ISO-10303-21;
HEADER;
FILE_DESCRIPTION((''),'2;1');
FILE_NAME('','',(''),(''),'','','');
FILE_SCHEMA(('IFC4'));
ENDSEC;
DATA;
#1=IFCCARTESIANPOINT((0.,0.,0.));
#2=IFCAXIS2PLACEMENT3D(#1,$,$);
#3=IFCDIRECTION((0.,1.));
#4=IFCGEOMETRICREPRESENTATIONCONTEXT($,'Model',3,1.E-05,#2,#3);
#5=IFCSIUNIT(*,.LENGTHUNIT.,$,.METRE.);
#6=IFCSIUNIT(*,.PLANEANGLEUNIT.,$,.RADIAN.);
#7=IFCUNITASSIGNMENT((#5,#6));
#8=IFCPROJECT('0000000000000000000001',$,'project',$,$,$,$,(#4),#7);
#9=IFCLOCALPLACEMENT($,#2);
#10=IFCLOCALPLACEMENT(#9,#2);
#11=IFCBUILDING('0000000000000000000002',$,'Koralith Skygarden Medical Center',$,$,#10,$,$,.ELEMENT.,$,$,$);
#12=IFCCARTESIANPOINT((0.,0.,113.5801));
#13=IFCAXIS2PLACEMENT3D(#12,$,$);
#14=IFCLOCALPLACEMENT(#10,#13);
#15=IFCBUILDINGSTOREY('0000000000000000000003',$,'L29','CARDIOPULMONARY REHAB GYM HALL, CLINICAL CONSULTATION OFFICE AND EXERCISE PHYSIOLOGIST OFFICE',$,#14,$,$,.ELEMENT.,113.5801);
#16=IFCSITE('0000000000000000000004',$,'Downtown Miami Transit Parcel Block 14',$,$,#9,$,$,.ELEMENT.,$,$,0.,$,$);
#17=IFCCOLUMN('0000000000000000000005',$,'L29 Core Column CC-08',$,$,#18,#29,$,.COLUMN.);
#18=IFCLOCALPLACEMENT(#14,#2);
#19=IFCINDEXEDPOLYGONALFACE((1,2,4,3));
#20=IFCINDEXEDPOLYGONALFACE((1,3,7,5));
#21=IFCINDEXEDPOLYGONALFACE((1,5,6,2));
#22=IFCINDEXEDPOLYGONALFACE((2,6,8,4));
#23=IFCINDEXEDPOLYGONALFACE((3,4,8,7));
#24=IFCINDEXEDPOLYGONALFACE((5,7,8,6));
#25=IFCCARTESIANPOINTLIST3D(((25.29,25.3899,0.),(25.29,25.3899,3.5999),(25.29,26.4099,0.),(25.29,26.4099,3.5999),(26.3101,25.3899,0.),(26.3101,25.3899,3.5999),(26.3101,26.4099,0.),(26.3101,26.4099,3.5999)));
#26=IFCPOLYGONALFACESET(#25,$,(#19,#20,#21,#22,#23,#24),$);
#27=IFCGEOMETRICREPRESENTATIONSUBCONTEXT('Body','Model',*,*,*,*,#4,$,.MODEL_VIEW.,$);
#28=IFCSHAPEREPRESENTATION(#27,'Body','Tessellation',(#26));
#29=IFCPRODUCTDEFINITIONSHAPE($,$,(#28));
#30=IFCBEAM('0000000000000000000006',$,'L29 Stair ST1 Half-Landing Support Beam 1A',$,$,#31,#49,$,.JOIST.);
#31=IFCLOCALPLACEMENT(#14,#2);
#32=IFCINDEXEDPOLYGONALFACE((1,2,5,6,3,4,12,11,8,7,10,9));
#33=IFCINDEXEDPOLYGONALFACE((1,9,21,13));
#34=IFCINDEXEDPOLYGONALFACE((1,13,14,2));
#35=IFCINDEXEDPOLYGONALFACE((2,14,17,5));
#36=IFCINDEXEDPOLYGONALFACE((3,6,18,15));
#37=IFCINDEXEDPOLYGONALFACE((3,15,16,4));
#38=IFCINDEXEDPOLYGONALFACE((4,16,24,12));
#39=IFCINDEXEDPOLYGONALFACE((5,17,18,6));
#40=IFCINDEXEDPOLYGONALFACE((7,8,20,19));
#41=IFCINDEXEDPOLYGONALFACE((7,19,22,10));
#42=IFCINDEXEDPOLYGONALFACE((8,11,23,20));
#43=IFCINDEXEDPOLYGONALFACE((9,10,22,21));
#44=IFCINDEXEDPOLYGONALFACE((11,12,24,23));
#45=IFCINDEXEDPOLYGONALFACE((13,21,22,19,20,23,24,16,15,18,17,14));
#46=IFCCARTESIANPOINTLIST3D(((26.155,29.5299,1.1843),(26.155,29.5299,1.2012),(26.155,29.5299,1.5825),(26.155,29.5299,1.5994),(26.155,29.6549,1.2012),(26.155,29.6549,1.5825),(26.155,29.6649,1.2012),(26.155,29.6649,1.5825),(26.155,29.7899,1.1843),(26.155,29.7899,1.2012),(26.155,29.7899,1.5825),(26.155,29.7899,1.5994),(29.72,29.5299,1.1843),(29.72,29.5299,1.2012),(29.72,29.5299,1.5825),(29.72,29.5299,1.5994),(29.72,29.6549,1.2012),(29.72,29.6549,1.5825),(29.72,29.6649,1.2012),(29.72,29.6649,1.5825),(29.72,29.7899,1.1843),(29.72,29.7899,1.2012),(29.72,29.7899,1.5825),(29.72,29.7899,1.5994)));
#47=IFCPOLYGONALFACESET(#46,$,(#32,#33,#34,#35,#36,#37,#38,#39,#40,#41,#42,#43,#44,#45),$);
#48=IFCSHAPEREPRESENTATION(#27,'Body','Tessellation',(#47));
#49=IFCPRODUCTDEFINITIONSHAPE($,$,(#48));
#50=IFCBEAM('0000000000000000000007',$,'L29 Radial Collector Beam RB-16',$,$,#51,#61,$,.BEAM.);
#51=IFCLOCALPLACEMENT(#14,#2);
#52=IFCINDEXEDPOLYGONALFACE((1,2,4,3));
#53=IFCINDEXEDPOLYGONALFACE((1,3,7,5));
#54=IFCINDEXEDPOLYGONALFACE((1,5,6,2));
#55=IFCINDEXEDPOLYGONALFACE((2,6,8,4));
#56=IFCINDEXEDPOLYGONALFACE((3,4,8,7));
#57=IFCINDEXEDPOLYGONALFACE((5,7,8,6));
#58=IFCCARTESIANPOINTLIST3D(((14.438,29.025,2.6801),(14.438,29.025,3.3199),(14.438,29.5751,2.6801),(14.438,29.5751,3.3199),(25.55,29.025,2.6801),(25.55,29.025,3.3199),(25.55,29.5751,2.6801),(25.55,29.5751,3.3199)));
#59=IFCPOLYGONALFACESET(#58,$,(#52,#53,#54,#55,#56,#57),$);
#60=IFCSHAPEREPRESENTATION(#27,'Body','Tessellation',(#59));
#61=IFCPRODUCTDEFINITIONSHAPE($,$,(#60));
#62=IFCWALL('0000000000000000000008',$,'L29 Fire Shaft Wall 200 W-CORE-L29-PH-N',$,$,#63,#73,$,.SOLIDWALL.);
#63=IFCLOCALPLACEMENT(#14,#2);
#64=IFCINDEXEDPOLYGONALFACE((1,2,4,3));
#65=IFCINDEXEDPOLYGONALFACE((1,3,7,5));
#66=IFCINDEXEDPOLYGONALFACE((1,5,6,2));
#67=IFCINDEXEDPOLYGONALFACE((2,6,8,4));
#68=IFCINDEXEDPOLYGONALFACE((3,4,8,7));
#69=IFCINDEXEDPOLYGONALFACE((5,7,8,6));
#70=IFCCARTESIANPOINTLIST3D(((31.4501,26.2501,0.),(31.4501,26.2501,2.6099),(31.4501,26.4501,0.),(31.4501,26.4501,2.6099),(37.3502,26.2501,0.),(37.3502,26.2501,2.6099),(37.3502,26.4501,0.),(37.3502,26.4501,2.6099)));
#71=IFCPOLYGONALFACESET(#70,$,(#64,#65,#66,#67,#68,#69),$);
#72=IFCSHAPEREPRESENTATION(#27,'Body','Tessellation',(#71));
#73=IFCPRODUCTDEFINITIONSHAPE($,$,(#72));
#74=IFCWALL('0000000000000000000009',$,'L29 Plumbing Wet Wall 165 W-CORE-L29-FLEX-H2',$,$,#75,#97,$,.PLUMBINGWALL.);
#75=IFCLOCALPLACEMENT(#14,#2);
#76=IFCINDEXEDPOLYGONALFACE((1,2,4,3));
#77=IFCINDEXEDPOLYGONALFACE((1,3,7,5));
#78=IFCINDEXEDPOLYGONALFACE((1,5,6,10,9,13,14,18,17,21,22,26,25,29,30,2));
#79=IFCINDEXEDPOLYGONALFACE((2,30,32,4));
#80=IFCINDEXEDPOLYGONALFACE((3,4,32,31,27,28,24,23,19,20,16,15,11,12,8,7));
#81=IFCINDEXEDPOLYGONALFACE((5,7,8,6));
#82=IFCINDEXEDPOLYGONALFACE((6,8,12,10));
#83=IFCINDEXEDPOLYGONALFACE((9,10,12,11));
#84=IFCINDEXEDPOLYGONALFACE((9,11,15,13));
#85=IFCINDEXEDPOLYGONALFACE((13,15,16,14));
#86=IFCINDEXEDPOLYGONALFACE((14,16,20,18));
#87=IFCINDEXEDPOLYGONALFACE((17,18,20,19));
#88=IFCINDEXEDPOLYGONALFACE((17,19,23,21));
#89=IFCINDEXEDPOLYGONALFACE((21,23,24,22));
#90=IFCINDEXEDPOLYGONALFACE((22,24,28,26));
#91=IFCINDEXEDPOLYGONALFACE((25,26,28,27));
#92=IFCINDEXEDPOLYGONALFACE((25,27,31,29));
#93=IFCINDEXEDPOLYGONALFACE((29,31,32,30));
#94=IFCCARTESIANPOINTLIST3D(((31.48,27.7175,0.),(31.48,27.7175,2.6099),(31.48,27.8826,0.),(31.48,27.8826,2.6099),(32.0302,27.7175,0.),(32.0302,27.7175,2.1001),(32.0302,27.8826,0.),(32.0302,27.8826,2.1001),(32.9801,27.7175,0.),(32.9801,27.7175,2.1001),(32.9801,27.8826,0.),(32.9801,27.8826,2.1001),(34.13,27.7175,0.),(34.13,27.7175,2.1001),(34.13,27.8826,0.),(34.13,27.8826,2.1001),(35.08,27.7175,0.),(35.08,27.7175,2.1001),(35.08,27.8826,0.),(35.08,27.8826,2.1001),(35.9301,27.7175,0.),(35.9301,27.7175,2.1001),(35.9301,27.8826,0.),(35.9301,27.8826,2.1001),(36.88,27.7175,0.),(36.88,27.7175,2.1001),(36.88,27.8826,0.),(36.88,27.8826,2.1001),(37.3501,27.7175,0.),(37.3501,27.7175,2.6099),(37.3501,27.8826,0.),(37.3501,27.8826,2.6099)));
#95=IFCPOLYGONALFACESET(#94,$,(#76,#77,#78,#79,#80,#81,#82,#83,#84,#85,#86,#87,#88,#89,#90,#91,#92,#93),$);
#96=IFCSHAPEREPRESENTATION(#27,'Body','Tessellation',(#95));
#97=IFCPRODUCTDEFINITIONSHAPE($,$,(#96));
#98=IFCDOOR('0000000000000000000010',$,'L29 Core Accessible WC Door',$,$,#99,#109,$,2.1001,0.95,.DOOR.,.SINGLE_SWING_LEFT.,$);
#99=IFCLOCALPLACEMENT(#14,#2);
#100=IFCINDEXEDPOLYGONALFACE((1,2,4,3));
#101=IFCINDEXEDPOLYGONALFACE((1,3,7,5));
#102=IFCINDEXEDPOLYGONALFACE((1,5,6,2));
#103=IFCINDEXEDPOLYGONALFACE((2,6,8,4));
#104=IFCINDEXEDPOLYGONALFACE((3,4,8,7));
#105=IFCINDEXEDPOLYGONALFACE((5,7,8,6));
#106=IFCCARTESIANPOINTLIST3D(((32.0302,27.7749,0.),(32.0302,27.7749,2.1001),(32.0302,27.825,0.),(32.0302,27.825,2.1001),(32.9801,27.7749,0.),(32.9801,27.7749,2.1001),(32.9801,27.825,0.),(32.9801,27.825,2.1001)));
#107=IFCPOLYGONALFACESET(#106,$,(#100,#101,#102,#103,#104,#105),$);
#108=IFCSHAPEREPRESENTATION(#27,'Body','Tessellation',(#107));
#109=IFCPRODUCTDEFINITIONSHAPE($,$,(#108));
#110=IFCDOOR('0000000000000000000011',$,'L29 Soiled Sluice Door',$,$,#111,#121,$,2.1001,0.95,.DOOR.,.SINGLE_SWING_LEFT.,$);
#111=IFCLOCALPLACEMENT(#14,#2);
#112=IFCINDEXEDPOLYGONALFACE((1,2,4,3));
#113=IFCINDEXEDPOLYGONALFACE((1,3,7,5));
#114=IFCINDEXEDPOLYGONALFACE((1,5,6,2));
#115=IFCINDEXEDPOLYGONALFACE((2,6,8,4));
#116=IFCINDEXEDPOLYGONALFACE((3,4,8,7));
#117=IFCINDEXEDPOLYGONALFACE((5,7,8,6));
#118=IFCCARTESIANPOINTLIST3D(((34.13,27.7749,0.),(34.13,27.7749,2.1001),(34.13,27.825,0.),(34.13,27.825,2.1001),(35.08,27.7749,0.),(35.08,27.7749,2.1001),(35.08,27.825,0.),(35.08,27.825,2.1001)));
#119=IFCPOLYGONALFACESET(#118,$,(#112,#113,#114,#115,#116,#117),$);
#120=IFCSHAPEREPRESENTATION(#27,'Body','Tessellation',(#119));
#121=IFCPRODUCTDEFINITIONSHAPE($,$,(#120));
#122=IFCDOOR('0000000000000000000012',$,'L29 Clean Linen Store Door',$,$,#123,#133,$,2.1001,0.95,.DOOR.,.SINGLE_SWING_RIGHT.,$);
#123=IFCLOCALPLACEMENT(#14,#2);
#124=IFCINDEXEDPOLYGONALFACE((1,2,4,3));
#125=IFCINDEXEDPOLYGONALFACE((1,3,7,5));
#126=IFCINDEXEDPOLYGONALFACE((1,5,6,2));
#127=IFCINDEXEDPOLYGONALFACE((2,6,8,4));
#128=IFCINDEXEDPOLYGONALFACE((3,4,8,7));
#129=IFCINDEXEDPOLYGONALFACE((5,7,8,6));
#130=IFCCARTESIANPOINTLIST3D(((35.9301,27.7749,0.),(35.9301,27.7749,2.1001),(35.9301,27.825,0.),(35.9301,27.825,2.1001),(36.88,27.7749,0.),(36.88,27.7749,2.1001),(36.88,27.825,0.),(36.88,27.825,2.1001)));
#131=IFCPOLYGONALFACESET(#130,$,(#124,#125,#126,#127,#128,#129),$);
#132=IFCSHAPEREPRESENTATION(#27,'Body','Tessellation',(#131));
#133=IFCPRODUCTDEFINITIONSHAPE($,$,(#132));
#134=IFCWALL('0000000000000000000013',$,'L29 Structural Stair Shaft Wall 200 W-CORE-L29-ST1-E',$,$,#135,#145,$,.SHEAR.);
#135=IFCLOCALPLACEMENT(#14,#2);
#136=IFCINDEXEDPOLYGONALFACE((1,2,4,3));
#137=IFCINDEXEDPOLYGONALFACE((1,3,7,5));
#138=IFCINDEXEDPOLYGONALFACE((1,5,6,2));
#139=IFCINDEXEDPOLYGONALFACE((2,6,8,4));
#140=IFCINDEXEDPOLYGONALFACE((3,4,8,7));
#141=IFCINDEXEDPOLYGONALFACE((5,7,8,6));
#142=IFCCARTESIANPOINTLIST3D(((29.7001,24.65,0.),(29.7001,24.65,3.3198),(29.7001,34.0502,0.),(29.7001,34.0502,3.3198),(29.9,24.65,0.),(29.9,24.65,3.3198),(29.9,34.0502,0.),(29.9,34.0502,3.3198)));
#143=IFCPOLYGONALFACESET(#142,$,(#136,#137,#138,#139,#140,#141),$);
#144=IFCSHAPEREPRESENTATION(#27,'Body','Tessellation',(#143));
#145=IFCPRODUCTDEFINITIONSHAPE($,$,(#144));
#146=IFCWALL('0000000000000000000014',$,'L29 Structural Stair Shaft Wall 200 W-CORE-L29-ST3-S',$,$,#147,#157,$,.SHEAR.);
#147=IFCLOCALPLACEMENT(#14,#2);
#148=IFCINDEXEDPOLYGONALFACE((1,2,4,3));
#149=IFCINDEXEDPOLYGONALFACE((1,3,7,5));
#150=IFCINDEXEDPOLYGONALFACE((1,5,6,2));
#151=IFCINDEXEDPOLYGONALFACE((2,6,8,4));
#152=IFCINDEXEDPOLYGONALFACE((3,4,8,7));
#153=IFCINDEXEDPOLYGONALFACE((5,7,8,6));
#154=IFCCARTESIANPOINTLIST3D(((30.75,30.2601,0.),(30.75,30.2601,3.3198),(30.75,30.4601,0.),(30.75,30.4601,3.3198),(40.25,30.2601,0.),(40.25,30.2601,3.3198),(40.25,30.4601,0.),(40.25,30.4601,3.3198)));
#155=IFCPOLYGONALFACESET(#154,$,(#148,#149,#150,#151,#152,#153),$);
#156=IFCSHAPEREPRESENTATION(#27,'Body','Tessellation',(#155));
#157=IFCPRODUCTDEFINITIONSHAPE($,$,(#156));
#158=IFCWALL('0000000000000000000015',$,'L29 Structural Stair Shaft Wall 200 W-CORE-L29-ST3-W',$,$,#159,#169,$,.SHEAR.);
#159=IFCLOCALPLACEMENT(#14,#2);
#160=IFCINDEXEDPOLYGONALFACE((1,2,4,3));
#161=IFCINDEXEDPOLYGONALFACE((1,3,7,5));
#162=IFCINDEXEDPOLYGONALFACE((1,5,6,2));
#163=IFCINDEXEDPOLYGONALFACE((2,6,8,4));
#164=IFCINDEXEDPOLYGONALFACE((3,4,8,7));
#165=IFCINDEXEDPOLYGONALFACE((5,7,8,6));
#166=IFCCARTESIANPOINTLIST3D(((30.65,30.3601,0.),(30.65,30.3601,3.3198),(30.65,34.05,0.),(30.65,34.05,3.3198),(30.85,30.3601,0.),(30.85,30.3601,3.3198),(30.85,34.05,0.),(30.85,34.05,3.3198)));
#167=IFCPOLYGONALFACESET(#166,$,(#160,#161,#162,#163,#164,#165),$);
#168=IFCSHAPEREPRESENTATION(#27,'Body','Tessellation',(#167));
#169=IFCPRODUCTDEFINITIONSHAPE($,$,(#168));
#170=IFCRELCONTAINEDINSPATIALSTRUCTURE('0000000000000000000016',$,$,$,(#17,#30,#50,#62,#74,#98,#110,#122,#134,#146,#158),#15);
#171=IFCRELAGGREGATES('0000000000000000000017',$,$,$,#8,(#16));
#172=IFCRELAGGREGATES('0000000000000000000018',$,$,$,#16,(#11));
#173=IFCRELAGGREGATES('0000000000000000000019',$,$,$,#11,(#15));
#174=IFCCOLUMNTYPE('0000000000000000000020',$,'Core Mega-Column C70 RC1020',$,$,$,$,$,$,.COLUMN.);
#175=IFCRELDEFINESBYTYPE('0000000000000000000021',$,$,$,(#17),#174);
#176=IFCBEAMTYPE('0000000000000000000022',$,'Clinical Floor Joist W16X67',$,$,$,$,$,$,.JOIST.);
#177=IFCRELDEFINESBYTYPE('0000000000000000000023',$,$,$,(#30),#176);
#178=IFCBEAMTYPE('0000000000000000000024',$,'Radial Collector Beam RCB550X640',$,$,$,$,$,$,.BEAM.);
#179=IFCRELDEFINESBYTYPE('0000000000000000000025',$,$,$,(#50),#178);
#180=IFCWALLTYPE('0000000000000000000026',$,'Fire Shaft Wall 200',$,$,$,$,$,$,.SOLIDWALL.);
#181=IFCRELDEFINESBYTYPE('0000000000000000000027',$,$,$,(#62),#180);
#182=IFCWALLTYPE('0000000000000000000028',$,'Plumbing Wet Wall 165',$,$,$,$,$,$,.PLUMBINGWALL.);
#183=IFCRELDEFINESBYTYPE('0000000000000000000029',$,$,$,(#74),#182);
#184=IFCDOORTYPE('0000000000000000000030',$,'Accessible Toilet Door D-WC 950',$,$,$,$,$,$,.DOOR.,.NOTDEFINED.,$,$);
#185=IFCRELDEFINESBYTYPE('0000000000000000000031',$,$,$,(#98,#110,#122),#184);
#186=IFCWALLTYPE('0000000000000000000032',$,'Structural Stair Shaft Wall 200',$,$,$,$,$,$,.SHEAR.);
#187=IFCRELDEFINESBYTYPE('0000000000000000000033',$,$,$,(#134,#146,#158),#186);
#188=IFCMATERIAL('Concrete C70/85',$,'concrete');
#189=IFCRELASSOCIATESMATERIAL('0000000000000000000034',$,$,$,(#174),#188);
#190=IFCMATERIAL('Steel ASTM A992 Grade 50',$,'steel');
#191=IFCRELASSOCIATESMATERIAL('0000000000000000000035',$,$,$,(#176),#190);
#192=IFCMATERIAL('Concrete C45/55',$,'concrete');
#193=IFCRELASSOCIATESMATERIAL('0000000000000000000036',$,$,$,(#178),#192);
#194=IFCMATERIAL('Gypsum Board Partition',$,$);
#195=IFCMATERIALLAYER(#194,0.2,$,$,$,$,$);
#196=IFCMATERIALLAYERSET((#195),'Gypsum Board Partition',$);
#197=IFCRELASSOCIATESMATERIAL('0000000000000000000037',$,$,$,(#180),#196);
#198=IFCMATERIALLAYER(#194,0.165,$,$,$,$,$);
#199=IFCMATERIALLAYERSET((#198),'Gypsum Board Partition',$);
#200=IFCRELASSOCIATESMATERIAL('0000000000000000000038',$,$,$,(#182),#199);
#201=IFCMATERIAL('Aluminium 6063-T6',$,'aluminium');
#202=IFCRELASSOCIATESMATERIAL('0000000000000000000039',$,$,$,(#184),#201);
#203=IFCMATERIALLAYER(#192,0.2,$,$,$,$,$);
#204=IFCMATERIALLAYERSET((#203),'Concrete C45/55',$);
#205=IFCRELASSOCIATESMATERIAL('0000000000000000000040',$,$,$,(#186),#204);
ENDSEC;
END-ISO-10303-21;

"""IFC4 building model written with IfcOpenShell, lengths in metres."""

from ifc_helpers import new_model, si_unit, direction, frame, frame_2d, origin, origin_2d, place, context, subcontext, project, spatial, rectangle, i_section, extrude, material, layer, layer_set, material_profile, profile_set, type_object, element, fill, save


model = new_model("IFC4")

# Units and contexts
model_context = context("Model", 3, precision=1e-05, world=origin(), true_north=direction((0.0, 1.0)))
body_context = subcontext(model_context, "Body", "Model", "MODEL_VIEW")
ifc_project = project(units=[si_unit("LENGTHUNIT", "METRE"), si_unit("PLANEANGLEUNIT", "RADIAN")], contexts=[model_context])

# Site, building, storey
site_placement = place(None, origin())
site = spatial("IfcSite", under=ifc_project, at=site_placement, Name="Downtown Miami Transit Parcel Block 14", CompositionType="ELEMENT", RefElevation=0.0)
building_placement = place(site_placement, origin())
building = spatial("IfcBuilding", under=site, at=building_placement, Name="Koralith Skygarden Medical Center", CompositionType="ELEMENT")
storey_placement = place(building_placement, frame((0.0, 0.0, 113.5801)))
storey = spatial("IfcBuildingStorey", under=building, at=storey_placement, Name="L29", Description="CARDIOPULMONARY REHAB GYM HALL, CLINICAL CONSULTATION OFFICE AND EXERCISE PHYSIOLOGIST OFFICE", CompositionType="ELEMENT", Elevation=113.5801)

# Column
ifc_material_1 = material(Name="Concrete C70/85", Category="concrete")
ifc_material_profile_1 = material_profile(ifc_material_1, rectangle(XDim=1.02, YDim=1.02, at=origin_2d()), Name="RC1020X1020")
ifc_profile_set_1 = profile_set([ifc_material_profile_1], Name="Concrete C70/85")
column_type = type_object("IfcColumnType", Name="Core Mega-Column C70 RC1020", PredefinedType="COLUMN", material=ifc_profile_set_1)
column_placement = place(storey_placement, frame((25.8, 25.8999, 0.0), z_axis=(0.0, 0.0, 1.0), x_axis=(1.0, 0.0, 0.0)))
element("IfcColumn", 1, at=column_placement, inside=storey, type_object=column_type, Name="L29 Core Column CC-08", PredefinedType="COLUMN", context=body_context, shape_type="SweptSolid", body=[
    extrude(rectangle(XDim=1.02, YDim=1.02, at=origin_2d()), origin(), (0.0, 0.0, 1.0), 3.5999),
])

# Beams
ifc_material_2 = material(Name="Steel ASTM A992 Grade 50", Category="steel")
ifc_material_profile_2 = material_profile(ifc_material_2, i_section(OverallWidth=0.26, OverallDepth=0.415, WebThickness=0.01, FlangeThickness=0.0168, at=origin_2d()), Name="W16X67")
ifc_profile_set_2 = profile_set([ifc_material_profile_2], Name="Steel ASTM A992 Grade 50")
beam_type_1 = type_object("IfcBeamType", Name="Clinical Floor Joist W16X67", PredefinedType="JOIST", material=ifc_profile_set_2)
beam_1_placement = place(storey_placement, frame((26.155, 29.6599, 1.3918), z_axis=(1.0, 0.0, 0.0), x_axis=(0.0, 1.0, 0.0)))
element("IfcBeam", 2, at=beam_1_placement, inside=storey, type_object=beam_type_1, Name="L29 Stair ST1 Half-Landing Support Beam 1A", PredefinedType="JOIST", context=body_context, shape_type="SweptSolid", body=[
    extrude(i_section(OverallWidth=0.26, OverallDepth=0.415, WebThickness=0.01, FlangeThickness=0.0168, at=origin_2d()), origin(), (0.0, 0.0, 1.0), 3.5649),
])
ifc_material_3 = material(Name="Concrete C45/55", Category="concrete")
ifc_material_profile_3 = material_profile(ifc_material_3, rectangle(XDim=0.55, YDim=0.6399, at=origin_2d()), Name="RCB550X640")
ifc_profile_set_3 = profile_set([ifc_material_profile_3], Name="Concrete C45/55")
beam_type_2 = type_object("IfcBeamType", Name="Radial Collector Beam RCB550X640", PredefinedType="BEAM", material=ifc_profile_set_3)
beam_2_placement = place(storey_placement, frame((25.55, 29.3, 3.0), z_axis=(-1.0, 0.0, 0.0), x_axis=(0.0, -1.0, 0.0)))
element("IfcBeam", 3, at=beam_2_placement, inside=storey, type_object=beam_type_2, Name="L29 Radial Collector Beam RB-16", PredefinedType="BEAM", context=body_context, shape_type="SweptSolid", body=[
    extrude(rectangle(XDim=0.55, YDim=0.6399, at=origin_2d()), origin(), (0.0, 0.0, 1.0), 11.1121),
])

# Wall
ifc_material_4 = material(Name="Gypsum Board Partition")
ifc_layer_1 = layer(ifc_material_4, 0.2)
ifc_layer_set_1 = layer_set([ifc_layer_1], Name="Gypsum Board Partition")
wall_type_1 = type_object("IfcWallType", Name="Fire Shaft Wall 200", PredefinedType="SOLIDWALL", material=ifc_layer_set_1)
wall_1_placement = place(storey_placement, frame((31.45, 26.3501, 0.0), z_axis=(0.0, 0.0, 1.0), x_axis=(1.0, 0.0, 0.0)))
element("IfcWall", 4, at=wall_1_placement, inside=storey, type_object=wall_type_1, Name="L29 Fire Shaft Wall 200 W-CORE-L29-PH-N", PredefinedType="SOLIDWALL", context=body_context, shape_type="SweptSolid", body=[
    extrude(rectangle(XDim=5.9001, YDim=0.2, at=frame_2d((2.9502, 0.0))), origin(), (0.0, 0.0, 1.0), 2.6099),
])

# Shared definitions
ifc_layer_2 = layer(ifc_material_4, 0.165)
ifc_layer_set_2 = layer_set([ifc_layer_2], Name="Gypsum Board Partition")
wall_type_2 = type_object("IfcWallType", Name="Plumbing Wet Wall 165", PredefinedType="PLUMBINGWALL", material=ifc_layer_set_2)
ifc_material_5 = material(Name="Aluminium 6063-T6", Category="aluminium")

# Wall, openings, doors
wall_2_placement = place(storey_placement, frame((31.48, 27.8, 0.0), z_axis=(0.0, 0.0, 1.0), x_axis=(1.0, 0.0, 0.0)))
wall_2 = element("IfcWall", 5, at=wall_2_placement, inside=storey, type_object=wall_type_2, Name="L29 Plumbing Wet Wall 165 W-CORE-L29-FLEX-H2", PredefinedType="PLUMBINGWALL", context=body_context, shape_type="SweptSolid", body=[
    extrude(rectangle(XDim=5.8701, YDim=0.165, at=frame_2d((2.9351, 0.0))), origin(), (0.0, 0.0, 1.0), 2.6099),
])
opening_1_placement = place(wall_2_placement, frame((0.55, 0.0, 0.0)))
opening_1 = element("IfcOpeningElement", 6, at=opening_1_placement, cuts=wall_2, PredefinedType="OPENING", context=body_context, shape_type="SweptSolid", body=[
    extrude(rectangle(XDim=0.95, YDim=2.1001, at=frame_2d((0.4751, 1.05))), frame((0.0, 0.0925, 0.0), z_axis=(0.0, -1.0, 0.0), x_axis=(1.0, 0.0, 0.0)), (0.0, 0.0, 1.0), 0.1851),
])
opening_2_placement = place(wall_2_placement, frame((2.6499, 0.0, 0.0)))
opening_2 = element("IfcOpeningElement", 7, at=opening_2_placement, cuts=wall_2, PredefinedType="OPENING", context=body_context, shape_type="SweptSolid", body=[
    extrude(rectangle(XDim=0.95, YDim=2.1001, at=frame_2d((0.4751, 1.05))), frame((0.0, 0.0925, 0.0), z_axis=(0.0, -1.0, 0.0), x_axis=(1.0, 0.0, 0.0)), (0.0, 0.0, 1.0), 0.1851),
])
opening_3_placement = place(wall_2_placement, frame((4.45, 0.0, 0.0)))
opening_3 = element("IfcOpeningElement", 8, at=opening_3_placement, cuts=wall_2, PredefinedType="OPENING", context=body_context, shape_type="SweptSolid", body=[
    extrude(rectangle(XDim=0.95, YDim=2.1001, at=frame_2d((0.4751, 1.05))), frame((0.0, 0.0925, 0.0), z_axis=(0.0, -1.0, 0.0), x_axis=(1.0, 0.0, 0.0)), (0.0, 0.0, 1.0), 0.1851),
])
door_type_1 = type_object("IfcDoorType", Name="Accessible Toilet Door D-WC 950", OperationType="NOTDEFINED", PredefinedType="DOOR", material=ifc_material_5)
door_1_placement = place(opening_1_placement, origin())
door_1 = element("IfcDoor", 9, at=door_1_placement, inside=storey, type_object=door_type_1, Name="L29 Core Accessible WC Door", OperationType="SINGLE_SWING_LEFT", OverallHeight=2.1001, OverallWidth=0.95, PredefinedType="DOOR", context=body_context, shape_type="SweptSolid", body=[
    extrude(rectangle(XDim=0.95, YDim=2.1001, at=frame_2d((0.4751, 1.05))), frame((0.0, 0.0249, 0.0), z_axis=(0.0, -1.0, 0.0), x_axis=(1.0, 0.0, 0.0)), (0.0, 0.0, 1.0), 0.05),
])
fill(opening_1, door_1)
door_2_placement = place(opening_2_placement, origin())
door_2 = element("IfcDoor", 10, at=door_2_placement, inside=storey, type_object=door_type_1, Name="L29 Soiled Sluice Door", OperationType="SINGLE_SWING_LEFT", OverallHeight=2.1001, OverallWidth=0.95, PredefinedType="DOOR", context=body_context, shape_type="SweptSolid", body=[
    extrude(rectangle(XDim=0.95, YDim=2.1001, at=frame_2d((0.4751, 1.05))), frame((0.0, 0.0249, 0.0), z_axis=(0.0, -1.0, 0.0), x_axis=(1.0, 0.0, 0.0)), (0.0, 0.0, 1.0), 0.05),
])
fill(opening_2, door_2)
door_3_placement = place(opening_3_placement, origin())
door_3 = element("IfcDoor", 11, at=door_3_placement, inside=storey, type_object=door_type_1, Name="L29 Clean Linen Store Door", OperationType="SINGLE_SWING_RIGHT", OverallHeight=2.1001, OverallWidth=0.95, PredefinedType="DOOR", context=body_context, shape_type="SweptSolid", body=[
    extrude(rectangle(XDim=0.95, YDim=2.1001, at=frame_2d((0.4751, 1.05))), frame((0.0, 0.0249, 0.0), z_axis=(0.0, -1.0, 0.0), x_axis=(1.0, 0.0, 0.0)), (0.0, 0.0, 1.0), 0.05),
])
fill(opening_3, door_3)

# Wall
ifc_layer_3 = layer(ifc_material_3, 0.2)
ifc_layer_set_3 = layer_set([ifc_layer_3], Name="Concrete C45/55")
wall_type_3 = type_object("IfcWallType", Name="Structural Stair Shaft Wall 200", PredefinedType="SHEAR", material=ifc_layer_set_3)
wall_3_placement = place(storey_placement, frame((29.8, 24.6499, 0.0), z_axis=(0.0, 0.0, 1.0), x_axis=(0.0, 1.0, 0.0)))
element("IfcWall", 12, at=wall_3_placement, inside=storey, type_object=wall_type_3, Name="L29 Structural Stair Shaft Wall 200 W-CORE-L29-ST1-E", PredefinedType="SHEAR", context=body_context, shape_type="SweptSolid", body=[
    extrude(rectangle(XDim=9.4001, YDim=0.2, at=frame_2d((4.7002, 0.0))), origin(), (0.0, 0.0, 1.0), 3.3198),
])

# Walls
wall_4_placement = place(storey_placement, frame((30.75, 30.3601, 0.0), z_axis=(0.0, 0.0, 1.0), x_axis=(1.0, 0.0, 0.0)))
element("IfcWall", 13, at=wall_4_placement, inside=storey, type_object=wall_type_3, Name="L29 Structural Stair Shaft Wall 200 W-CORE-L29-ST3-S", PredefinedType="SHEAR", context=body_context, shape_type="SweptSolid", body=[
    extrude(rectangle(XDim=9.5, YDim=0.2, at=frame_2d((4.75, 0.0))), origin(), (0.0, 0.0, 1.0), 3.3198),
])
wall_5_placement = place(storey_placement, frame((30.75, 30.3601, 0.0), z_axis=(0.0, 0.0, 1.0), x_axis=(0.0, 1.0, 0.0)))
element("IfcWall", 14, at=wall_5_placement, inside=storey, type_object=wall_type_3, Name="L29 Structural Stair Shaft Wall 200 W-CORE-L29-ST3-W", PredefinedType="SHEAR", context=body_context, shape_type="SweptSolid", body=[
    extrude(rectangle(XDim=3.6899, YDim=0.2, at=frame_2d((1.845, 0.0))), origin(), (0.0, 0.0, 1.0), 3.3198),
])

save(model, "model.ifc")
